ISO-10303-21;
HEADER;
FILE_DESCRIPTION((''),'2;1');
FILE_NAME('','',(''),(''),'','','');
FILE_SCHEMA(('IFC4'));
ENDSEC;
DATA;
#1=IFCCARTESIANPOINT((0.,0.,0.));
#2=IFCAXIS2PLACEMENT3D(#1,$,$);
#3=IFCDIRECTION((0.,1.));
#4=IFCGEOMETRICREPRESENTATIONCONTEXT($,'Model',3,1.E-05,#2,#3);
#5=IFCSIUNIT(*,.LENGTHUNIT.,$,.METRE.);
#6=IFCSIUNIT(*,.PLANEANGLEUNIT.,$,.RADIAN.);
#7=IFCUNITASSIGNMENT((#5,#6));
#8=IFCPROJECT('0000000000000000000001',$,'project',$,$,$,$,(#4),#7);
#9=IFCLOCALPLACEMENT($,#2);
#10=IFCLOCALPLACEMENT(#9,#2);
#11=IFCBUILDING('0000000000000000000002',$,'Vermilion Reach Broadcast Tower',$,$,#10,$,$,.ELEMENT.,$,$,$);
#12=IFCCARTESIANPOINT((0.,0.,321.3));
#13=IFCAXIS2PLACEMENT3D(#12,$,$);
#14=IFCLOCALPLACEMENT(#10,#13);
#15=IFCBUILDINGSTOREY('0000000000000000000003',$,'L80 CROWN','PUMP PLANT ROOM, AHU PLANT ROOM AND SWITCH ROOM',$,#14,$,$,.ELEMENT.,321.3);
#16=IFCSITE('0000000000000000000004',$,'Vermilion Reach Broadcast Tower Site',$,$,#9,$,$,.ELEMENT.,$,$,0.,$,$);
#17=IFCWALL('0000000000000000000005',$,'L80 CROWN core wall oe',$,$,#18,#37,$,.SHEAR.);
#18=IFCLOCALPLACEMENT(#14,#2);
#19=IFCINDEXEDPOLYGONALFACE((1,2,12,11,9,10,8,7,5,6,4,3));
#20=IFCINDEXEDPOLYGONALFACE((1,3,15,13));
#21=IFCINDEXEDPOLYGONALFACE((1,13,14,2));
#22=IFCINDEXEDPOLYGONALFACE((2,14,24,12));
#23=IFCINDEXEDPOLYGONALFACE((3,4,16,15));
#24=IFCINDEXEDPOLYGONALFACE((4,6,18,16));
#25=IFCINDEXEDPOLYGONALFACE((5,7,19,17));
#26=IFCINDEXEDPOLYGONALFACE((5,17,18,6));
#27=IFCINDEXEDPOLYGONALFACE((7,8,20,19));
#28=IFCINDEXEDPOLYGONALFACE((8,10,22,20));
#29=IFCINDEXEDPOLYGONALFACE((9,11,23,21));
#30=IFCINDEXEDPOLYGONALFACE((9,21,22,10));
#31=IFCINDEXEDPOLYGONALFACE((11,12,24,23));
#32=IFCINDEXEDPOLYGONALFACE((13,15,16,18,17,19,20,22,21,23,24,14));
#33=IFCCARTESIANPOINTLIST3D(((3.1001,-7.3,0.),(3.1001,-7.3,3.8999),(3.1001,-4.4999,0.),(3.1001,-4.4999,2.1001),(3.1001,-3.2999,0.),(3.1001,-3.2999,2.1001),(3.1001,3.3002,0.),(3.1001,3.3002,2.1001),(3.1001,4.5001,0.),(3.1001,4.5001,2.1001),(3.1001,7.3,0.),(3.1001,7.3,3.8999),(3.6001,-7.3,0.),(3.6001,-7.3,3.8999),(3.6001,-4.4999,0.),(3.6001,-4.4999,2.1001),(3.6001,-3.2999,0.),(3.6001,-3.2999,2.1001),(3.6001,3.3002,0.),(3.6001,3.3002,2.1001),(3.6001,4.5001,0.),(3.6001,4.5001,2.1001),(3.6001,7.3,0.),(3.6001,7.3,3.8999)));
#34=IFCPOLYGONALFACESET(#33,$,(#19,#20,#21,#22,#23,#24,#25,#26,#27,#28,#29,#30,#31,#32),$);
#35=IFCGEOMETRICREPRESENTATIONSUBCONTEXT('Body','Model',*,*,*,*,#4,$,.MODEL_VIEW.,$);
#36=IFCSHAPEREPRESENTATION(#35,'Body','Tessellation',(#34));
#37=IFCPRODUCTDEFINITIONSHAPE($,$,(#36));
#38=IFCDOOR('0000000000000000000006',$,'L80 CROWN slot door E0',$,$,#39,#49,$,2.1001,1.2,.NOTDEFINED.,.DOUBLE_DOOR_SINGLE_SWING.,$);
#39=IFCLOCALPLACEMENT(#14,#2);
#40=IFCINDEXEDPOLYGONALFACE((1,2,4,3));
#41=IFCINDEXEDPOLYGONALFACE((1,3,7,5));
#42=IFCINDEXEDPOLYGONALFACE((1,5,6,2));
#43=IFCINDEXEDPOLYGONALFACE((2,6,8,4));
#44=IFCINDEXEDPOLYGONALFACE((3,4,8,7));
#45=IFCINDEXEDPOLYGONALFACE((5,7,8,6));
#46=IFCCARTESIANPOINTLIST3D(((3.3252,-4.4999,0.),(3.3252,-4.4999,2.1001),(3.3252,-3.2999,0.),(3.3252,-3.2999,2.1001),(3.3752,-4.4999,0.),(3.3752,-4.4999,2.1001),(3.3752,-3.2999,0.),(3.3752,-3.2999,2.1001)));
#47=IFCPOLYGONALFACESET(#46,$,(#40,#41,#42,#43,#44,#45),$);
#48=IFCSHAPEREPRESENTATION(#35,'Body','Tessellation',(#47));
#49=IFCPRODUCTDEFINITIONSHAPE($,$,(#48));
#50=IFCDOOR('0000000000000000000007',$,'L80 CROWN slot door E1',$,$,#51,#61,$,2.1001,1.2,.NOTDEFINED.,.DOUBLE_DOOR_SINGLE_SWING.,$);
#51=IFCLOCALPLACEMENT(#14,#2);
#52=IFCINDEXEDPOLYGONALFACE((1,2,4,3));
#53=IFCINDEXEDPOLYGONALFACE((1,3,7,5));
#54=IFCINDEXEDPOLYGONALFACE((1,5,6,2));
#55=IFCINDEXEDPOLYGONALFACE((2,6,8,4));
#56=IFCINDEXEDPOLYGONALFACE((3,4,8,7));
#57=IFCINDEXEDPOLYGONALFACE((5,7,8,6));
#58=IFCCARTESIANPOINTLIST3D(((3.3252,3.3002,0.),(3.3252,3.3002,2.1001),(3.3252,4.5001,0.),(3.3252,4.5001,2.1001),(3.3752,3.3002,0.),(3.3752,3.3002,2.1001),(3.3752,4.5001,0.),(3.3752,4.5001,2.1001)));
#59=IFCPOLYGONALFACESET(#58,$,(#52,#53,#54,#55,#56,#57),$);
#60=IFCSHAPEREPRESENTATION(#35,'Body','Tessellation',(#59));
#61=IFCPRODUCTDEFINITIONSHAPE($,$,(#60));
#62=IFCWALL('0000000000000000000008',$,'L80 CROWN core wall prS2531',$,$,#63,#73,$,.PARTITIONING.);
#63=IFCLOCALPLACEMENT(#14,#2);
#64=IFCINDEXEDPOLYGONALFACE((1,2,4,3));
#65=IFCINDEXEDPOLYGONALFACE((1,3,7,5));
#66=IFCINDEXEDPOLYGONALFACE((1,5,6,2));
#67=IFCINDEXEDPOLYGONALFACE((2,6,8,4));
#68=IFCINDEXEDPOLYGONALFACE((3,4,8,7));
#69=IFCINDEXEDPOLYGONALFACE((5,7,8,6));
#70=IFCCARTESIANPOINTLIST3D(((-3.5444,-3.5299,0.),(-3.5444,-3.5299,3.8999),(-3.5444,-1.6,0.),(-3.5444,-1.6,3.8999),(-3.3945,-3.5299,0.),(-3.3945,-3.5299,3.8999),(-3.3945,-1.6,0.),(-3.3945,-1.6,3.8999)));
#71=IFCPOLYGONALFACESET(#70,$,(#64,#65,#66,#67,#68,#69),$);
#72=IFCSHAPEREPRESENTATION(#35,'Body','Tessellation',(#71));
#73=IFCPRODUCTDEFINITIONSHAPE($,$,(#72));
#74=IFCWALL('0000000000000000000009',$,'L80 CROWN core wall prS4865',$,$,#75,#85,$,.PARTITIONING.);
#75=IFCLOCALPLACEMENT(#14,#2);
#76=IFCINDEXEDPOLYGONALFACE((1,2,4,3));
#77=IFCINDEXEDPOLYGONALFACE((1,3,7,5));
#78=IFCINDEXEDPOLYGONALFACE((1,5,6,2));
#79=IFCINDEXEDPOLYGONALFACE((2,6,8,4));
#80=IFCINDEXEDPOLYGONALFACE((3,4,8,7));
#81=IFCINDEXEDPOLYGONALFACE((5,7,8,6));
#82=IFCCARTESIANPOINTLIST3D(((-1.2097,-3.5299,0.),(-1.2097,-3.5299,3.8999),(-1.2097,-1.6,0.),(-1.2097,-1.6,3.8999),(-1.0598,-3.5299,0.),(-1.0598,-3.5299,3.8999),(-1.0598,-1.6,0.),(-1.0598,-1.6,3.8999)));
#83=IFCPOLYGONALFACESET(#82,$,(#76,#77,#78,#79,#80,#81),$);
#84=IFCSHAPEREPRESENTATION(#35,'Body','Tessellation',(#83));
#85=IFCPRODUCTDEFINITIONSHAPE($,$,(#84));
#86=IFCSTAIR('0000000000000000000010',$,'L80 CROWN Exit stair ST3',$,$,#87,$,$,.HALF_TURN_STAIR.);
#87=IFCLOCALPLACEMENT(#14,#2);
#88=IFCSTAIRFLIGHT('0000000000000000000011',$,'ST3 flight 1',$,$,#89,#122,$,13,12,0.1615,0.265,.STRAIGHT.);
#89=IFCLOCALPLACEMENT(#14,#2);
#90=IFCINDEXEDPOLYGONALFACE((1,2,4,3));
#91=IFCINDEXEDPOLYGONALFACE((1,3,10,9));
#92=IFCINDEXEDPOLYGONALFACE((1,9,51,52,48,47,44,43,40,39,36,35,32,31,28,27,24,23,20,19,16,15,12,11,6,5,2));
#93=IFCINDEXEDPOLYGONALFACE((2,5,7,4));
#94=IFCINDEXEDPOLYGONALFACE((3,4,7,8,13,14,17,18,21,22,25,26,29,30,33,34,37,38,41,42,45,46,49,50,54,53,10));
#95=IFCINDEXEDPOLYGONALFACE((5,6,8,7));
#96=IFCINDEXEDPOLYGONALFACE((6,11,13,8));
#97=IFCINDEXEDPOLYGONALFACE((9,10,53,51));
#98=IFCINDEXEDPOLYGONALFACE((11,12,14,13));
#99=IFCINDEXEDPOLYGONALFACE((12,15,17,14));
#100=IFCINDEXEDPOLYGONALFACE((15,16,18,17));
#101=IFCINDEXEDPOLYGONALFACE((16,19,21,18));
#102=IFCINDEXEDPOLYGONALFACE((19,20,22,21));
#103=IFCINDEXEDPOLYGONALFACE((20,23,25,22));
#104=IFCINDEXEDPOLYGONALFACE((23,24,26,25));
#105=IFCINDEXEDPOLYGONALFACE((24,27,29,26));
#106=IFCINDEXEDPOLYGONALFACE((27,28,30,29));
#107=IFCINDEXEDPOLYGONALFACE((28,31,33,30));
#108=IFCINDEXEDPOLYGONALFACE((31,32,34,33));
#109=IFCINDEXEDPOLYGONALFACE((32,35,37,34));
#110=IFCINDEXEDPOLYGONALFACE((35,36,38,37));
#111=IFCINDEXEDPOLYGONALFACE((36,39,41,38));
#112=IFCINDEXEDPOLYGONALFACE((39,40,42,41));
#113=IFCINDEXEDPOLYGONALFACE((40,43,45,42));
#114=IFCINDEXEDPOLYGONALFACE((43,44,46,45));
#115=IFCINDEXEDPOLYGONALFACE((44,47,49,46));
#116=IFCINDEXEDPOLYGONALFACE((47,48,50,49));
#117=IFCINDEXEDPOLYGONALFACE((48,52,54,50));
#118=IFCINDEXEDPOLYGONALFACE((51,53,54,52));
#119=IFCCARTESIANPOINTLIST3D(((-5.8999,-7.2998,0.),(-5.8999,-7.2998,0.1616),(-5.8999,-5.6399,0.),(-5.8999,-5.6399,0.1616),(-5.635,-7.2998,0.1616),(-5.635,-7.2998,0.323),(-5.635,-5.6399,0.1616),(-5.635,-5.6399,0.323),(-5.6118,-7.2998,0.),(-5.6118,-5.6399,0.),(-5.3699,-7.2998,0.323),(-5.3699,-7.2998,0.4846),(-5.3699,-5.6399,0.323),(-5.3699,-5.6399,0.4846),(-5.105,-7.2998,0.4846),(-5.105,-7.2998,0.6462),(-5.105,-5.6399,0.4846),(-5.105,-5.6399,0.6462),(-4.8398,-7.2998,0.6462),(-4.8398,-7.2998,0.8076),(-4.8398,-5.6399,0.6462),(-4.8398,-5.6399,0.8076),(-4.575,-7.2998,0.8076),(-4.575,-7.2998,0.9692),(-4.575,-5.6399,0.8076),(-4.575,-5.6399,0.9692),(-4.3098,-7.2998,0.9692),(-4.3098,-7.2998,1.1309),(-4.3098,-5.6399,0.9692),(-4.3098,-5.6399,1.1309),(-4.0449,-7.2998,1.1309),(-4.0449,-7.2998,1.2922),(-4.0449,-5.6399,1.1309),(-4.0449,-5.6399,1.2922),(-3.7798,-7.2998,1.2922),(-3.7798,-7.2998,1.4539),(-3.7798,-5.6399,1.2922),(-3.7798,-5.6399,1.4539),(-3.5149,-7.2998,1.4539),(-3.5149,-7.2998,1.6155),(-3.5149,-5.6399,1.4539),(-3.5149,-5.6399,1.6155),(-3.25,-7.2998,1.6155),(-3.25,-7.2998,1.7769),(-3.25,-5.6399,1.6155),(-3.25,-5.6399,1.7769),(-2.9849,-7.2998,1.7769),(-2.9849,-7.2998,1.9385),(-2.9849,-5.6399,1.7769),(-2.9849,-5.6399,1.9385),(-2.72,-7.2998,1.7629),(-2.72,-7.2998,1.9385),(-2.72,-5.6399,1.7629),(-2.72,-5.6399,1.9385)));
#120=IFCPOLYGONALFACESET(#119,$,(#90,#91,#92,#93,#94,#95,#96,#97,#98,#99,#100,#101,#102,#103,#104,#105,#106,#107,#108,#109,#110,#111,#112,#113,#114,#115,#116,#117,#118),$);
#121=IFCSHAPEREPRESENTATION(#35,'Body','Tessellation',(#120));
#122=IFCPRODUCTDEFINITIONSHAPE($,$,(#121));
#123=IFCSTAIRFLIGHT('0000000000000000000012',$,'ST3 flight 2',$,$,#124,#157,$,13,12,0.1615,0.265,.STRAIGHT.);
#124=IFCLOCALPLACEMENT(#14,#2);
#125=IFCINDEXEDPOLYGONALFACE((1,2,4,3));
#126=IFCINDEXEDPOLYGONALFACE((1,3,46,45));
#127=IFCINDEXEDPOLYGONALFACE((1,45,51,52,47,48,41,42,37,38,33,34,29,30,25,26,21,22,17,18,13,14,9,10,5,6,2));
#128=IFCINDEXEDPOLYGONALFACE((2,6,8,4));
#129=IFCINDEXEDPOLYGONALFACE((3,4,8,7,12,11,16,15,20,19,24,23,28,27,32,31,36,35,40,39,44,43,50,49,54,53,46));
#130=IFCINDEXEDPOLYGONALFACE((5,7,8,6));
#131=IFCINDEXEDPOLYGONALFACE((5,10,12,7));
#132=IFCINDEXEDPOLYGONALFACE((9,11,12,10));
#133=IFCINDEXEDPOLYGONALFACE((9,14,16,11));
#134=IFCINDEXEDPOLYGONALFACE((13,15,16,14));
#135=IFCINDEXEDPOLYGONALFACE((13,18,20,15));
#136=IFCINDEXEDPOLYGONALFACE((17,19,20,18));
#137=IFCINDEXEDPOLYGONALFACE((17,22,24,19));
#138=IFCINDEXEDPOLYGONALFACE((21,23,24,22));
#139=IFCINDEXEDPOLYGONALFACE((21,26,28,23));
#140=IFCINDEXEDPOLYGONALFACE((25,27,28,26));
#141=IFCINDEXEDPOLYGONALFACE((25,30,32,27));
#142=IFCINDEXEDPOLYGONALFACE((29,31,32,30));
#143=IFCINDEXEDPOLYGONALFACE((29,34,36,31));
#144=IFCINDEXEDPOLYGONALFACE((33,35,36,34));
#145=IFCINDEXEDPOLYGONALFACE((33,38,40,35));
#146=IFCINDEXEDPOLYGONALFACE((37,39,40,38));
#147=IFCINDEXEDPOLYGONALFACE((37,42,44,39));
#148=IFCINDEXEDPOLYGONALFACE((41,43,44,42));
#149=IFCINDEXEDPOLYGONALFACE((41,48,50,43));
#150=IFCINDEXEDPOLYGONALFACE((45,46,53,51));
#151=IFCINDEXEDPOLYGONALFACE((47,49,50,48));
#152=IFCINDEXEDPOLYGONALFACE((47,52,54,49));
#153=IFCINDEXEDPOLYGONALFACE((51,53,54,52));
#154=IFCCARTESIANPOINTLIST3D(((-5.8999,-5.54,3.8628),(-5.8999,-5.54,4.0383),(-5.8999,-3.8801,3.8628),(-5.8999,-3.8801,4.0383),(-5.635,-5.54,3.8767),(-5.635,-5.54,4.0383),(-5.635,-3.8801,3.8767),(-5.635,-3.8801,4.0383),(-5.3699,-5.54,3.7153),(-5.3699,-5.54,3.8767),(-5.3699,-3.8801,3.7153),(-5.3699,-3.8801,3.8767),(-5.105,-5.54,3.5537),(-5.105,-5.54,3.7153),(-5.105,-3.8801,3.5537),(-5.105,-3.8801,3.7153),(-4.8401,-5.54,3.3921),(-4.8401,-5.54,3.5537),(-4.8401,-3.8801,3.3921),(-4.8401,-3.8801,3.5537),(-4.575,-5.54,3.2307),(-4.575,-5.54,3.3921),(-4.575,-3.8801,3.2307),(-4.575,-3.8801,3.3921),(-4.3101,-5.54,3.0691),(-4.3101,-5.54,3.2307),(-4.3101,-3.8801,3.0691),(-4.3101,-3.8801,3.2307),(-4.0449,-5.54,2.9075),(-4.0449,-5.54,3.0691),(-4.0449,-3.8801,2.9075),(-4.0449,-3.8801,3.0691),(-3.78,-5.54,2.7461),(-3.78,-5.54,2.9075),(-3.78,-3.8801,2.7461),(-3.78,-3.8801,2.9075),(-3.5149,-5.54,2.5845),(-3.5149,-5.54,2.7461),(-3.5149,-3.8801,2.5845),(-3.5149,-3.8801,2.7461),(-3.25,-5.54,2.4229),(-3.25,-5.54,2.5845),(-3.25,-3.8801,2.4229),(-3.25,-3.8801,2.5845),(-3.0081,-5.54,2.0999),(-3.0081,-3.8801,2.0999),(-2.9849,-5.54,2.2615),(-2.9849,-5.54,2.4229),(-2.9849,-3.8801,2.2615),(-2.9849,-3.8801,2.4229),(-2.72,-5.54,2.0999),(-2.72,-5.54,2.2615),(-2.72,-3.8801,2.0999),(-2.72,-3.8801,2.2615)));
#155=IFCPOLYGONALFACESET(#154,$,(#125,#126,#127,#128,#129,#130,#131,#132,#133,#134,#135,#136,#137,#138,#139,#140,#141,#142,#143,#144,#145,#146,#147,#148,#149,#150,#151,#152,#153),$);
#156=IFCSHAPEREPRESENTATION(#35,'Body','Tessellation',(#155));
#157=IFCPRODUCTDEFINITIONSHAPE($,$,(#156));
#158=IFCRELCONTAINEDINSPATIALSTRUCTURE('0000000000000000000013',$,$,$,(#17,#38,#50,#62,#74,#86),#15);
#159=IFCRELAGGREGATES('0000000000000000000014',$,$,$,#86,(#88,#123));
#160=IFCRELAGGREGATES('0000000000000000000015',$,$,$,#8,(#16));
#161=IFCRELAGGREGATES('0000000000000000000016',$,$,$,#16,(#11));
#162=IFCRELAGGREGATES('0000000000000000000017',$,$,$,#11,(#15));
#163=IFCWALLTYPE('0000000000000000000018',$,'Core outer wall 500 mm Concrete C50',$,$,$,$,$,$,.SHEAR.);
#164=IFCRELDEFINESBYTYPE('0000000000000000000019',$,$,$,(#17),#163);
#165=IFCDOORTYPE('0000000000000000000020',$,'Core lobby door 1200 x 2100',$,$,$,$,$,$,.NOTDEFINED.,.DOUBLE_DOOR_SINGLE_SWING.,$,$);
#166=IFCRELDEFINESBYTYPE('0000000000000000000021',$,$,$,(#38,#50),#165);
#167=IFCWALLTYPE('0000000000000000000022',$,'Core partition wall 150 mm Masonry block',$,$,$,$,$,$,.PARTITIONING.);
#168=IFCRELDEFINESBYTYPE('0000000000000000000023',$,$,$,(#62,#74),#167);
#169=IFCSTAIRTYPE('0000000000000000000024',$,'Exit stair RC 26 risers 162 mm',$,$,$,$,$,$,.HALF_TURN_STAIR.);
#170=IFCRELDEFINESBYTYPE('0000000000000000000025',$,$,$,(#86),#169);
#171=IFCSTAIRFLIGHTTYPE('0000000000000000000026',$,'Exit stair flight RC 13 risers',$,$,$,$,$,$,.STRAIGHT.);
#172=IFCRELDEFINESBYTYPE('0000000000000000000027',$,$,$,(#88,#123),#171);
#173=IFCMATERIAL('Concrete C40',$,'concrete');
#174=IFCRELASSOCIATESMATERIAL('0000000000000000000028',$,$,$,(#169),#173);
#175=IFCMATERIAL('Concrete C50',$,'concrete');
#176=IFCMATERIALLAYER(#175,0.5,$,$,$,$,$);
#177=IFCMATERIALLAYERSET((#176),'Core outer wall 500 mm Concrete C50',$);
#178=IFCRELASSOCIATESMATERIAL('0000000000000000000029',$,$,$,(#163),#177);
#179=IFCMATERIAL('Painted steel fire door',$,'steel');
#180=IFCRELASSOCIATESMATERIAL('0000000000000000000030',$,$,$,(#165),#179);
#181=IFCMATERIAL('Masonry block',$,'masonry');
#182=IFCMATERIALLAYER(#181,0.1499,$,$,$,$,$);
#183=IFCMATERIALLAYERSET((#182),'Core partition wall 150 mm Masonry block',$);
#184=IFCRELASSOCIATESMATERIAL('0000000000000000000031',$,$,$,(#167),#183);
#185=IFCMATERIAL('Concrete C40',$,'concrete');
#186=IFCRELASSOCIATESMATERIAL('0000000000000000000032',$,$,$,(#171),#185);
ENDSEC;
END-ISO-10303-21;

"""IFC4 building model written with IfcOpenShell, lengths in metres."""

from ifc_helpers import new_model, si_unit, direction, frame, frame_2d, origin, place, context, subcontext, project, spatial, polyline, rectangle, outline, extrude, material, layer, layer_set, type_object, element, fill, aggregate, save


model = new_model("IFC4")

# Units and contexts
model_context = context("Model", 3, precision=1e-05, world=origin(), true_north=direction((0.0, 1.0)))
body_context = subcontext(model_context, "Body", "Model", "MODEL_VIEW")
ifc_project = project(units=[si_unit("LENGTHUNIT", "METRE"), si_unit("PLANEANGLEUNIT", "RADIAN")], contexts=[model_context])

# Site, building, storey
site_placement = place(None, origin())
site = spatial("IfcSite", under=ifc_project, at=site_placement, Name="Vermilion Reach Broadcast Tower Site", CompositionType="ELEMENT", RefElevation=0.0)
building_placement = place(site_placement, origin())
building = spatial("IfcBuilding", under=site, at=building_placement, Name="Vermilion Reach Broadcast Tower", CompositionType="ELEMENT")
storey_placement = place(building_placement, frame((0.0, 0.0, 321.3)))
storey = spatial("IfcBuildingStorey", under=building, at=storey_placement, Name="L80 CROWN", Description="PUMP PLANT ROOM, AHU PLANT ROOM AND SWITCH ROOM", CompositionType="ELEMENT", Elevation=321.3)

# Shared definitions
ifc_material_1 = material(Name="Concrete C40", Category="concrete")
stair_type = type_object("IfcStairType", Name="Exit stair RC 26 risers 162 mm", PredefinedType="HALF_TURN_STAIR", material=ifc_material_1)
placement_1 = place(storey_placement, origin())

# Wall, openings, doors
ifc_material_2 = material(Name="Concrete C50", Category="concrete")
ifc_layer_1 = layer(ifc_material_2, 0.5)
ifc_layer_set_1 = layer_set([ifc_layer_1], Name="Core outer wall 500 mm Concrete C50")
wall_type_1 = type_object("IfcWallType", Name="Core outer wall 500 mm Concrete C50", PredefinedType="SHEAR", material=ifc_layer_set_1)
wall_1_placement = place(storey_placement, frame((3.3501, -7.3, 0.0), z_axis=(0.0, 0.0, 1.0), x_axis=(0.0, 1.0, 0.0)))
wall_1 = element("IfcWall", 1, at=wall_1_placement, inside=storey, type_object=wall_type_1, Name="L80 CROWN core wall oe", PredefinedType="SHEAR", context=body_context, shape_type="SweptSolid", body=[
    extrude(rectangle(XDim=14.6001, YDim=0.5, at=frame_2d((7.3, 0.0))), origin(), (0.0, 0.0, 1.0), 3.8999),
])
opening_1_placement = place(wall_1_placement, frame((2.8, 0.0, 0.0)))
opening_1 = element("IfcOpeningElement", 2, at=opening_1_placement, cuts=wall_1, PredefinedType="OPENING", context=body_context, shape_type="SweptSolid", body=[
    extrude(rectangle(XDim=1.2, YDim=2.1001, at=frame_2d((0.6001, 1.05))), frame((0.0, 0.26, 0.0), z_axis=(0.0, -1.0, 0.0), x_axis=(1.0, 0.0, 0.0)), (0.0, 0.0, 1.0), 0.52),
])
opening_2_placement = place(wall_1_placement, frame((10.6001, 0.0, 0.0)))
opening_2 = element("IfcOpeningElement", 3, at=opening_2_placement, cuts=wall_1, PredefinedType="OPENING", context=body_context, shape_type="SweptSolid", body=[
    extrude(rectangle(XDim=1.2, YDim=2.1001, at=frame_2d((0.6001, 1.05))), frame((0.0, 0.26, 0.0), z_axis=(0.0, -1.0, 0.0), x_axis=(1.0, 0.0, 0.0)), (0.0, 0.0, 1.0), 0.52),
])
ifc_material_3 = material(Name="Painted steel fire door", Category="steel")
door_type_1 = type_object("IfcDoorType", Name="Core lobby door 1200 x 2100", OperationType="DOUBLE_DOOR_SINGLE_SWING", PredefinedType="NOTDEFINED", material=ifc_material_3)
door_1_placement = place(opening_1_placement, origin())
door_1 = element("IfcDoor", 4, at=door_1_placement, inside=storey, type_object=door_type_1, Name="L80 CROWN slot door E0", OperationType="DOUBLE_DOOR_SINGLE_SWING", OverallHeight=2.1001, OverallWidth=1.2, PredefinedType="NOTDEFINED", context=body_context, shape_type="SweptSolid", body=[
    extrude(rectangle(XDim=1.2, YDim=2.1001, at=frame_2d((0.6001, 1.05))), frame((0.0, 0.0249, 0.0), z_axis=(0.0, -1.0, 0.0), x_axis=(1.0, 0.0, 0.0)), (0.0, 0.0, 1.0), 0.05),
])
fill(opening_1, door_1)
door_2_placement = place(opening_2_placement, origin())
door_2 = element("IfcDoor", 5, at=door_2_placement, inside=storey, type_object=door_type_1, Name="L80 CROWN slot door E1", OperationType="DOUBLE_DOOR_SINGLE_SWING", OverallHeight=2.1001, OverallWidth=1.2, PredefinedType="NOTDEFINED", context=body_context, shape_type="SweptSolid", body=[
    extrude(rectangle(XDim=1.2, YDim=2.1001, at=frame_2d((0.6001, 1.05))), frame((0.0, 0.0249, 0.0), z_axis=(0.0, -1.0, 0.0), x_axis=(1.0, 0.0, 0.0)), (0.0, 0.0, 1.0), 0.05),
])
fill(opening_2, door_2)

# Walls
ifc_material_4 = material(Name="Masonry block", Category="masonry")
ifc_layer_2 = layer(ifc_material_4, 0.1499)
ifc_layer_set_2 = layer_set([ifc_layer_2], Name="Core partition wall 150 mm Masonry block")
wall_type_2 = type_object("IfcWallType", Name="Core partition wall 150 mm Masonry block", PredefinedType="PARTITIONING", material=ifc_layer_set_2)
for number, where, z_axis, x_axis, name in (
    (6, (-3.4695, -1.6001, 0.0), (0.0, 0.0, 1.0), (0.0, -1.0, 0.0), "L80 CROWN core wall prS2531"),
    (7, (-1.1348, -1.6001, 0.0), (0.0, 0.0, 1.0), (0.0, -1.0, 0.0), "L80 CROWN core wall prS4865"),
):
    element("IfcWall", number, at=place(storey_placement, frame(where, z_axis=z_axis, x_axis=x_axis)), inside=storey, type_object=wall_type_2, Name=name, PredefinedType="PARTITIONING", context=body_context, shape_type="SweptSolid", body=[
        extrude(rectangle(XDim=1.9299, YDim=0.1499, at=frame_2d((0.9648, 0.0))), origin(), (0.0, 0.0, 1.0), 3.8999),
    ])

# Stair, stair flights
stair_1 = element("IfcStair", 8, at=placement_1, inside=storey, type_object=stair_type, Name="L80 CROWN Exit stair ST3", PredefinedType="HALF_TURN_STAIR")
ifc_material_5 = material(Name="Concrete C40", Category="concrete")
stair_flight_type = type_object("IfcStairFlightType", Name="Exit stair flight RC 13 risers", PredefinedType="STRAIGHT", material=ifc_material_5)
stair_flight_1_placement = place(storey_placement, frame((-5.8999, -6.47, 0.0), z_axis=(0.0, 0.0, 1.0), x_axis=(1.0, 0.0, 0.0)))
stair_flight_1 = element("IfcStairFlight", 9, at=stair_flight_1_placement, type_object=stair_flight_type, Name="ST3 flight 1", NumberOfRisers=13, NumberOfTreads=12, PredefinedType="STRAIGHT", RiserHeight=0.1615, TreadLength=0.265, context=body_context, shape_type="SweptSolid", body=[
    extrude(outline(polyline([(0.0, 0.0), (0.0, 0.1616), (0.2649, 0.1616), (0.2649, 0.323), (0.53, 0.323), (0.53, 0.4846), (0.7949, 0.4846), (0.7949, 0.6462), (1.0601, 0.6462), (1.0601, 0.8076), (1.325, 0.8076), (1.325, 0.9692), (1.5901, 0.9692), (1.5901, 1.1309), (1.855, 1.1309), (1.855, 1.2922), (2.1201, 1.2922), (2.1201, 1.4539), (2.385, 1.4539), (2.385, 1.6155), (2.6499, 1.6155), (2.6499, 1.7769), (2.915, 1.7769), (2.915, 1.9385), (3.1799, 1.9385), (3.1799, 2.1001), (3.1799, 1.7629), (0.2881, 0.0), (0.0, 0.0)])), frame((0.0, 0.8301, 0.0), z_axis=(0.0, -1.0, 0.0), x_axis=(1.0, 0.0, 0.0)), (0.0, 0.0, 1.0), 1.6599),
])
stair_flight_2_placement = place(storey_placement, frame((-2.72, -4.71, 2.0999), z_axis=(0.0, 0.0, 1.0), x_axis=(-1.0, 0.0, 0.0)))
stair_flight_2 = element("IfcStairFlight", 10, at=stair_flight_2_placement, type_object=stair_flight_type, Name="ST3 flight 2", NumberOfRisers=13, NumberOfTreads=12, PredefinedType="STRAIGHT", RiserHeight=0.1615, TreadLength=0.265, context=body_context, shape_type="SweptSolid", body=[
    extrude(outline(polyline([(0.0, 0.0), (0.0, 0.1616), (0.2649, 0.1616), (0.2649, 0.323), (0.53, 0.323), (0.53, 0.4846), (0.7949, 0.4846), (0.7949, 0.6462), (1.0601, 0.6462), (1.0601, 0.8076), (1.325, 0.8076), (1.325, 0.9692), (1.5901, 0.9692), (1.5901, 1.1309), (1.855, 1.1309), (1.855, 1.2922), (2.1201, 1.2922), (2.1201, 1.4539), (2.385, 1.4539), (2.385, 1.6155), (2.6499, 1.6155), (2.6499, 1.7769), (2.915, 1.7769), (2.915, 1.9385), (3.1799, 1.9385), (3.1799, 2.1001), (3.1799, 1.7629), (0.2881, 0.0), (0.0, 0.0)])), frame((0.0, 0.8301, 0.0), z_axis=(0.0, -1.0, 0.0), x_axis=(1.0, 0.0, 0.0)), (0.0, 0.0, 1.0), 1.6599),
])
aggregate(stair_1, [stair_flight_1, stair_flight_2])

save(model, "model.ifc")
